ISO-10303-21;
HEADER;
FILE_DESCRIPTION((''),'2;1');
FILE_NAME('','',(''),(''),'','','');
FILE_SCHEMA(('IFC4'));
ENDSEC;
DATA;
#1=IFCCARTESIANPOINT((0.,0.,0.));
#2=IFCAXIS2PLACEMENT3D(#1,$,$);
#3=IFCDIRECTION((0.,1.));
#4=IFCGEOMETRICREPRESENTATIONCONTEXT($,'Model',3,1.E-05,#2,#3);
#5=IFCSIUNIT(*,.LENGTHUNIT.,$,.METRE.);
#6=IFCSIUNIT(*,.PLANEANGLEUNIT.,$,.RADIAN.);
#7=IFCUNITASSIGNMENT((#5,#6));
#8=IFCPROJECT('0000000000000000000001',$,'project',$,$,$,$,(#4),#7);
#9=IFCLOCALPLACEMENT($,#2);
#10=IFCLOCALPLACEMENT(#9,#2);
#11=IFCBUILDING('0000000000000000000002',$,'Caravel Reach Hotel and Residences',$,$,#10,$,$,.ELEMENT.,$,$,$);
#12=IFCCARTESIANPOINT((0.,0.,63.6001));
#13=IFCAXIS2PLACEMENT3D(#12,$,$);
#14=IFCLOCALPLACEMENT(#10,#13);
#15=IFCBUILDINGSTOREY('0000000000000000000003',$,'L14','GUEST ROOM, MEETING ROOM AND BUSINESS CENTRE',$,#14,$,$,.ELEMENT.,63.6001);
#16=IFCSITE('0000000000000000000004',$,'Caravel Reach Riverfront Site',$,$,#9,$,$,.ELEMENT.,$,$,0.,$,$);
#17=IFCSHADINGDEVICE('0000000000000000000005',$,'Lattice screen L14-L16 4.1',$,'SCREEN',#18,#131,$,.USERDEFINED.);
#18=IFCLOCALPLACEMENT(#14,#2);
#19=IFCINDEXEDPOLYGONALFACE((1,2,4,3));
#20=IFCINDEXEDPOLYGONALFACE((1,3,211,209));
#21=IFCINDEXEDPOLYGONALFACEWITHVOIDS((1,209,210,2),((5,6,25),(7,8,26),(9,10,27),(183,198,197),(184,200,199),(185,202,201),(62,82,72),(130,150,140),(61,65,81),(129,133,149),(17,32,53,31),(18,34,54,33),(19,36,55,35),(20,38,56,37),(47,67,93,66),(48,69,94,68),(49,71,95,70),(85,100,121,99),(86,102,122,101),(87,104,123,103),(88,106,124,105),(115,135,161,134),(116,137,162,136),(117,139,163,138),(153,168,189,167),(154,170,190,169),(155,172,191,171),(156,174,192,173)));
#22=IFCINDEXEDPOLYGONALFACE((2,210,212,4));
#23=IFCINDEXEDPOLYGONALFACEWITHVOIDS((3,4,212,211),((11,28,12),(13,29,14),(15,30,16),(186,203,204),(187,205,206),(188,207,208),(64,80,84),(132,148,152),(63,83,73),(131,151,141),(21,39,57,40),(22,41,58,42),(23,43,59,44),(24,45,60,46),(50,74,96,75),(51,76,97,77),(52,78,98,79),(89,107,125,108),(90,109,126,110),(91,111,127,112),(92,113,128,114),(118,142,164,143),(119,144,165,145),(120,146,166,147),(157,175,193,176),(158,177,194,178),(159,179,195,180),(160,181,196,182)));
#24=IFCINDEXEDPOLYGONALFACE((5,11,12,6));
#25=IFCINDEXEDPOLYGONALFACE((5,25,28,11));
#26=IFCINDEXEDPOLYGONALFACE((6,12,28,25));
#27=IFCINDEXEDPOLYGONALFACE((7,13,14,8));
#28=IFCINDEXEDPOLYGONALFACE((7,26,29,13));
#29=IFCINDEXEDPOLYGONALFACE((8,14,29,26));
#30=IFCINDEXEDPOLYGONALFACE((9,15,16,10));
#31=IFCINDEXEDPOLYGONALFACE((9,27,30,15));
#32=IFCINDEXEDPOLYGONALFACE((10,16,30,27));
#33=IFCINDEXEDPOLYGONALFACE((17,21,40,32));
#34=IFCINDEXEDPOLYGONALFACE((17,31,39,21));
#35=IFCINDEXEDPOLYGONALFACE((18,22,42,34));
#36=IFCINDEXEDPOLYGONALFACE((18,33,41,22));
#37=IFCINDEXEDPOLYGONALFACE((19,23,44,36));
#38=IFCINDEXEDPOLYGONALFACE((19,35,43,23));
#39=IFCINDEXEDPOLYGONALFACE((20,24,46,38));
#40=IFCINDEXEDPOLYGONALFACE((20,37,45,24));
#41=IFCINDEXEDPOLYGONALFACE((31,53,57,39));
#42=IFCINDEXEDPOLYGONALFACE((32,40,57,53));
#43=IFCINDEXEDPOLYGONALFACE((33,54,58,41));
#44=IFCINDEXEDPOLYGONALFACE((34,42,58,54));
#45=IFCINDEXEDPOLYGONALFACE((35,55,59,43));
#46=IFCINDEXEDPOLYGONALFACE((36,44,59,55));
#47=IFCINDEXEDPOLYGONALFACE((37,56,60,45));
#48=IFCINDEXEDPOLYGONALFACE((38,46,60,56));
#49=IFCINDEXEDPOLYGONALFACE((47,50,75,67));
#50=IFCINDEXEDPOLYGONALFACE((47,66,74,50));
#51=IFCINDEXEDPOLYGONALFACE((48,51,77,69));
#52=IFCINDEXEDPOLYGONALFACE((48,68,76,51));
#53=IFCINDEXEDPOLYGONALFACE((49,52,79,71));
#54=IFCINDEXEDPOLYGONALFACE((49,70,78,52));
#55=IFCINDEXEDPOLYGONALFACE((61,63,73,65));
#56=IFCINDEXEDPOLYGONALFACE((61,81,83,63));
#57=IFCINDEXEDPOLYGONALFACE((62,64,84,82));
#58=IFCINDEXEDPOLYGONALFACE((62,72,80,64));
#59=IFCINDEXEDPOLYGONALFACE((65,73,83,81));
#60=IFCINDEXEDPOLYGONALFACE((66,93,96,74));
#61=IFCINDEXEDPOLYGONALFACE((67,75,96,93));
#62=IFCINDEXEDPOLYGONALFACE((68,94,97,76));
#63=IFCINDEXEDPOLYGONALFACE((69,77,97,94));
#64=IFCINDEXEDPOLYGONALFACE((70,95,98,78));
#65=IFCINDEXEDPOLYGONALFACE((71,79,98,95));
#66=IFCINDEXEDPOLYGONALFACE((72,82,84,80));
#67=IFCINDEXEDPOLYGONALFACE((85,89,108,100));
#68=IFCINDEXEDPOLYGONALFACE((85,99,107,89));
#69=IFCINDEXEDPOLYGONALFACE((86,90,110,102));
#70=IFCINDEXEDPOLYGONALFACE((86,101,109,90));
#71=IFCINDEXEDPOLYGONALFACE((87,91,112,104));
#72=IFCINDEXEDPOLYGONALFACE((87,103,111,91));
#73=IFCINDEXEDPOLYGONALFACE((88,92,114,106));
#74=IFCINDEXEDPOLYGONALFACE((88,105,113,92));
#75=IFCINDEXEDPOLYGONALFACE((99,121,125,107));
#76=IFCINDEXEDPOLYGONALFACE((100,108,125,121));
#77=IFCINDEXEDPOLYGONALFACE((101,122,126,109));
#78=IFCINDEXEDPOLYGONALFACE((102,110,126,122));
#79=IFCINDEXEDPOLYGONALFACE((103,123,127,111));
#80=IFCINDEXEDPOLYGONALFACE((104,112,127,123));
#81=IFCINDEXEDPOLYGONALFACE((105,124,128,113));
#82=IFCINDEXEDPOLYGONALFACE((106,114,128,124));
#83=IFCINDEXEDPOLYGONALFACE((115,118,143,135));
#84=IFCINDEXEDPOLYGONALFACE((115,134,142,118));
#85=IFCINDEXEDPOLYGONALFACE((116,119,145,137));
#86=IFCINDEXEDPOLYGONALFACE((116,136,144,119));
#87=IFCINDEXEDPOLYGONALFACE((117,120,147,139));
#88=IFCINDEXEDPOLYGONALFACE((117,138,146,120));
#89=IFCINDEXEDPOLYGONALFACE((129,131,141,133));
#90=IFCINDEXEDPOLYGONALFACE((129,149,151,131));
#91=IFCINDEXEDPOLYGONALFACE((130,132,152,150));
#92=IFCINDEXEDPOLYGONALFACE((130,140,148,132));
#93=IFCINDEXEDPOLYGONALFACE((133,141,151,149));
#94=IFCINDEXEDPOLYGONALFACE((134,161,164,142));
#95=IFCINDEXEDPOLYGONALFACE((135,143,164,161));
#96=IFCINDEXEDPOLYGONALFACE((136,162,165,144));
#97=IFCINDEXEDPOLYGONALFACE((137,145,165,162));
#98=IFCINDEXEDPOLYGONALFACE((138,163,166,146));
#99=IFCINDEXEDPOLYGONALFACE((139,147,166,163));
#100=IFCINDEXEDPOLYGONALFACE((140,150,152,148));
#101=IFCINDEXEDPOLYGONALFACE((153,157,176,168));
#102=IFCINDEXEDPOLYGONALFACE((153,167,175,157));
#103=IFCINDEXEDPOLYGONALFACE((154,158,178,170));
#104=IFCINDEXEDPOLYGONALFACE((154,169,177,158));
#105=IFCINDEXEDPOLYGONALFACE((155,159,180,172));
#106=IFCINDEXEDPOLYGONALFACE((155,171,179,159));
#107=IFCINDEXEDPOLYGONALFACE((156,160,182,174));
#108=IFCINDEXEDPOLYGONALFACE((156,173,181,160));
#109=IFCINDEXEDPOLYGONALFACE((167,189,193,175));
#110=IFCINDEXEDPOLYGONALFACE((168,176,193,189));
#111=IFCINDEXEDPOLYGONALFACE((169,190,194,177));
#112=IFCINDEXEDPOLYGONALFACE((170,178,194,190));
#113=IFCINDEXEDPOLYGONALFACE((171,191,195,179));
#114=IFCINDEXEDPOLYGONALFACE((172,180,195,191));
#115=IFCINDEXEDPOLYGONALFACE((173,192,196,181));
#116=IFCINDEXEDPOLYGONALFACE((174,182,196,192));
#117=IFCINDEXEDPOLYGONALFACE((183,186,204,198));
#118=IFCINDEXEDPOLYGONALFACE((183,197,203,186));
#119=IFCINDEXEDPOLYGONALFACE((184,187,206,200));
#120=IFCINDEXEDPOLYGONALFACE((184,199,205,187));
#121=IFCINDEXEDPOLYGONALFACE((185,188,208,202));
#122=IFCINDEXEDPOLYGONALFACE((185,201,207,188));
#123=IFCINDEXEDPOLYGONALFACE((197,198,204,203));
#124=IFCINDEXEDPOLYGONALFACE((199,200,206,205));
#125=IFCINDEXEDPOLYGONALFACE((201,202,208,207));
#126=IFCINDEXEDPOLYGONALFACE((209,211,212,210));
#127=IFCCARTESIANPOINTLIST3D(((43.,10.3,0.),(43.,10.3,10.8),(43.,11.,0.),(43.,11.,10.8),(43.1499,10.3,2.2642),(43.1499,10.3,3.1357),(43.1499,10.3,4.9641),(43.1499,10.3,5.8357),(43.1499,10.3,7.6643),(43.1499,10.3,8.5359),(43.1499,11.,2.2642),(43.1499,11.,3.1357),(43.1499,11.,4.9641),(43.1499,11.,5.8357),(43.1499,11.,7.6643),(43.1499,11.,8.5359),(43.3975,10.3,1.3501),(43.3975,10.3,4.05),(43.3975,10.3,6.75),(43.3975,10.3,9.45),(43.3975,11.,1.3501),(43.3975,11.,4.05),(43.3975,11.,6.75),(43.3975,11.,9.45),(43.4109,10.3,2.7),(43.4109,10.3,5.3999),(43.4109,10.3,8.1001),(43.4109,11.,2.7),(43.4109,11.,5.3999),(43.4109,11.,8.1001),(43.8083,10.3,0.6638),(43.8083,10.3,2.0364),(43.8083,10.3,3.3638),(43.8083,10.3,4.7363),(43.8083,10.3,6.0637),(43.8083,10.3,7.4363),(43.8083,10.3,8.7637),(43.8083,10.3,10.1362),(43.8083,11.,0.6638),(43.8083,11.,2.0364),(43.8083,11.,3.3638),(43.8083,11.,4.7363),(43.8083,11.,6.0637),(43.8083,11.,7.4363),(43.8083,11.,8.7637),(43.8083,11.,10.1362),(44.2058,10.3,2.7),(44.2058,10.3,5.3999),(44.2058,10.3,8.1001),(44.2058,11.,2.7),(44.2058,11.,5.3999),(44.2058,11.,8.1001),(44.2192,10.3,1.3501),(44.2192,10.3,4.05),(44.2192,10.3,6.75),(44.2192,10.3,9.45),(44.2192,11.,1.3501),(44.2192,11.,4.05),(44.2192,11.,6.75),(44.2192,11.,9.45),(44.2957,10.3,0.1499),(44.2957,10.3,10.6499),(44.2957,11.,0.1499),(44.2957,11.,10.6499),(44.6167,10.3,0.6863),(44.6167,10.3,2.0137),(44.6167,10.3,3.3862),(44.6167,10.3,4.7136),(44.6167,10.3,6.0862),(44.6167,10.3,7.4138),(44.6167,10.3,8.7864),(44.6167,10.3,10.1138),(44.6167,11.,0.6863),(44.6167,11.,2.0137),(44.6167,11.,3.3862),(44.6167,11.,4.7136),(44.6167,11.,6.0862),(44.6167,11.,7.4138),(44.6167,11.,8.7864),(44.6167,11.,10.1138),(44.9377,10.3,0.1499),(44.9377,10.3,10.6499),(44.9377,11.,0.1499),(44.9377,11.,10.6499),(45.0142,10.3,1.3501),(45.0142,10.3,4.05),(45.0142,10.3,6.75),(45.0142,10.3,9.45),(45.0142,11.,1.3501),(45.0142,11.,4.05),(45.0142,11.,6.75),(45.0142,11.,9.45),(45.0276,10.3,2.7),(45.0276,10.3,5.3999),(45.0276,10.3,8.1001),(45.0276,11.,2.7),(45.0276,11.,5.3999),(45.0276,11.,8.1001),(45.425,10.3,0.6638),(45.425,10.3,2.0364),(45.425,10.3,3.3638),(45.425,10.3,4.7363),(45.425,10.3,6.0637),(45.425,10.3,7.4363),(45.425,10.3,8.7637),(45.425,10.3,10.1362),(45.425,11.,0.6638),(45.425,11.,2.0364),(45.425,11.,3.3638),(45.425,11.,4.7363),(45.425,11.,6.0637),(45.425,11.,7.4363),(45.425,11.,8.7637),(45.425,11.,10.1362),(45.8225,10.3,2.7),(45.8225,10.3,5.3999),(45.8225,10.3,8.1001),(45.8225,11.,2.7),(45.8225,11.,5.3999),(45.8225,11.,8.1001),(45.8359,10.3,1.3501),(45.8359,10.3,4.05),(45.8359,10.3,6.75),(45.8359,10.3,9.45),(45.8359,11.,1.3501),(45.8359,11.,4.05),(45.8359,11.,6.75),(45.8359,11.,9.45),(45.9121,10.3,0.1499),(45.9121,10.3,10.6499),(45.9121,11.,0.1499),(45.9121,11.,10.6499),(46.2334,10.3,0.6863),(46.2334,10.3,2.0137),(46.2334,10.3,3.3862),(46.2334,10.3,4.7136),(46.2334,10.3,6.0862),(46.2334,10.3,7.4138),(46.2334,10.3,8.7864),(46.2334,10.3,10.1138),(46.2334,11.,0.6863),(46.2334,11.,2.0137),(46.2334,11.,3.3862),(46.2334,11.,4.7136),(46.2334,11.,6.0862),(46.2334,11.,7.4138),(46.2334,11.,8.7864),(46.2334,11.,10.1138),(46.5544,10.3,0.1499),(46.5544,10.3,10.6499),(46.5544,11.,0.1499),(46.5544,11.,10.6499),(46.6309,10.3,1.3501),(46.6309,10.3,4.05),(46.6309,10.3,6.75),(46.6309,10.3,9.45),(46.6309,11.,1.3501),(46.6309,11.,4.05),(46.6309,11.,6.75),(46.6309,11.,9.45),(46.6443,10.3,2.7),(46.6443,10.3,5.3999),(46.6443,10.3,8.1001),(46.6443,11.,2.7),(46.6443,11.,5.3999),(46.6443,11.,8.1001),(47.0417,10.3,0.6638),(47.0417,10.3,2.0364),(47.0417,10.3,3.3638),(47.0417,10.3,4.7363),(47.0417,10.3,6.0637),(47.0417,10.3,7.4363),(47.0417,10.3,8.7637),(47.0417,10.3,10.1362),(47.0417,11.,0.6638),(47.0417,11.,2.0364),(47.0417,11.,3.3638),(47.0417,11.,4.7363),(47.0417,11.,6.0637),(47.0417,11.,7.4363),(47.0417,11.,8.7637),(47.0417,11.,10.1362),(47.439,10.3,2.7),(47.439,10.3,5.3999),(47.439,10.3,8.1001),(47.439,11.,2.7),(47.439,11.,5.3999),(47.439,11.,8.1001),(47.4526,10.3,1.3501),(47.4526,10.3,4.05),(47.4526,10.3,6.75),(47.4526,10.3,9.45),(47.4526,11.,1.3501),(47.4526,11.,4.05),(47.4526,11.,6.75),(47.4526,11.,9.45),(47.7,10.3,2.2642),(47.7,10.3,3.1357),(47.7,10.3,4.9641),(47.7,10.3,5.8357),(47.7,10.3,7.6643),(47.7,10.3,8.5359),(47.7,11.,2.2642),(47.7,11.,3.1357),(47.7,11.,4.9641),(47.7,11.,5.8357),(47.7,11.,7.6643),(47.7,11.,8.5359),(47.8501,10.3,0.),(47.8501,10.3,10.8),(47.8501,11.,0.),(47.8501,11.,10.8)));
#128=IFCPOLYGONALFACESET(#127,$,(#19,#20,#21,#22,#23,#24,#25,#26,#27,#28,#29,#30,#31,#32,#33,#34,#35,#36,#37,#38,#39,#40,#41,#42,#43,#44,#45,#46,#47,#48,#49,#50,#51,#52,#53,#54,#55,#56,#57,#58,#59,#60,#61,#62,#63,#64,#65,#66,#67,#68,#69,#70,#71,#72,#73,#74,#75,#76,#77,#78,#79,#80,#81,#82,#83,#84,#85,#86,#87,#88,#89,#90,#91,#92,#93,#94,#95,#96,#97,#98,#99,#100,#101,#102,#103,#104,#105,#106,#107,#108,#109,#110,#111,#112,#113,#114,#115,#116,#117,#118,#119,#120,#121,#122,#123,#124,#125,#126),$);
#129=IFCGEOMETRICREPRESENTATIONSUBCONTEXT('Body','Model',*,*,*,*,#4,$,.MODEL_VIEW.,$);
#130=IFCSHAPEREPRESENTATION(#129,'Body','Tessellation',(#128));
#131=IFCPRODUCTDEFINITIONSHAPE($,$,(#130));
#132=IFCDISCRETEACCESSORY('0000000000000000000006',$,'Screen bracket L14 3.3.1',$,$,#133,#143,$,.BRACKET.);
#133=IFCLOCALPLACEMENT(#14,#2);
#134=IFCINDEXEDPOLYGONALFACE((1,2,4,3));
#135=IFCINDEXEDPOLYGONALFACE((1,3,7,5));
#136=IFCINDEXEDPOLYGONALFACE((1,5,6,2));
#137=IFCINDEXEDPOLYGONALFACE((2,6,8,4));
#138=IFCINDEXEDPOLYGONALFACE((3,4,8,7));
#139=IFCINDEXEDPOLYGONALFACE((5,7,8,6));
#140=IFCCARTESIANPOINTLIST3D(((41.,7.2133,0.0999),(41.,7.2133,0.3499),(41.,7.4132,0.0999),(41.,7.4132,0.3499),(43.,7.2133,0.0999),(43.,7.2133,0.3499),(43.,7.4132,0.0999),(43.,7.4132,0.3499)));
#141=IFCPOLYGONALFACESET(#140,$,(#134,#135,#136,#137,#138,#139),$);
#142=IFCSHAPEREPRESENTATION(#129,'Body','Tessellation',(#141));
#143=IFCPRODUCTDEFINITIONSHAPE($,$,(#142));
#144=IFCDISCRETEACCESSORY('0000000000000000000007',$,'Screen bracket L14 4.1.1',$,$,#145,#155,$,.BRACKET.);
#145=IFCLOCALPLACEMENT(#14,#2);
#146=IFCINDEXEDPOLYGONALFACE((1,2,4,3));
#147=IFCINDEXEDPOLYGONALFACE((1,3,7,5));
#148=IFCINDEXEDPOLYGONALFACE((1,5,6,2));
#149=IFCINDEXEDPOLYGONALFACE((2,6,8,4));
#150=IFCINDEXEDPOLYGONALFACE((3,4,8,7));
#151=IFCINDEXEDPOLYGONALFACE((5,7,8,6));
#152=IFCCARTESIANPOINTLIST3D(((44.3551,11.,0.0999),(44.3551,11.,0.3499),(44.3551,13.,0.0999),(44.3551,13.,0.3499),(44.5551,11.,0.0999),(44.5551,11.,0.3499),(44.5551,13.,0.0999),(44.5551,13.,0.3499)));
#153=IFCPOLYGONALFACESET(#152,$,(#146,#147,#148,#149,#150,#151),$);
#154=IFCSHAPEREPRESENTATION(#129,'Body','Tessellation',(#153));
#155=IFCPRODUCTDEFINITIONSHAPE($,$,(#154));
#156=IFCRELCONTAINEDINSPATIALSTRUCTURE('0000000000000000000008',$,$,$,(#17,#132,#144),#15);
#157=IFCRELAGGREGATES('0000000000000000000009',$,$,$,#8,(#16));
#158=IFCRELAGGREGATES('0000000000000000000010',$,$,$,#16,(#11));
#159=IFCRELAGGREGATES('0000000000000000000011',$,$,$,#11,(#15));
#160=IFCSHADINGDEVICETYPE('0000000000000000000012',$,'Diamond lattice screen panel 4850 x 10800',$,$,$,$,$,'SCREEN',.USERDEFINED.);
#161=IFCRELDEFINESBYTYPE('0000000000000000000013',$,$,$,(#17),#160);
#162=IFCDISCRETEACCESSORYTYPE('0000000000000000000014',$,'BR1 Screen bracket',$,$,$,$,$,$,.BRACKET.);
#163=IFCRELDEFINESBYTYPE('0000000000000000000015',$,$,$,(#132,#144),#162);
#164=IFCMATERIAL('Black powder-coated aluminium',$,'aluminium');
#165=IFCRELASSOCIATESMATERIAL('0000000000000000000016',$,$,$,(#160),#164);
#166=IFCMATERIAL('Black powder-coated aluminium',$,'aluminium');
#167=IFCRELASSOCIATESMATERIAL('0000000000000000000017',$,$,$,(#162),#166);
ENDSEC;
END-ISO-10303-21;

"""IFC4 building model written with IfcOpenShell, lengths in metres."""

from ifc_helpers import new_model, si_unit, direction, frame, origin, origin_2d, place, context, subcontext, project, spatial, polyline, rectangle, outline, extrude, material, type_object, element, save


model = new_model("IFC4")

# Units and contexts
model_context = context("Model", 3, precision=1e-05, world=origin(), true_north=direction((0.0, 1.0)))
body_context = subcontext(model_context, "Body", "Model", "MODEL_VIEW")
ifc_project = project(units=[si_unit("LENGTHUNIT", "METRE"), si_unit("PLANEANGLEUNIT", "RADIAN")], contexts=[model_context])

# Site, building, storey
site_placement = place(None, origin())
site = spatial("IfcSite", under=ifc_project, at=site_placement, Name="Caravel Reach Riverfront Site", CompositionType="ELEMENT", RefElevation=0.0)
building_placement = place(site_placement, origin())
building = spatial("IfcBuilding", under=site, at=building_placement, Name="Caravel Reach Hotel and Residences", CompositionType="ELEMENT")
storey_placement = place(building_placement, frame((0.0, 0.0, 63.6001)))
storey = spatial("IfcBuildingStorey", under=building, at=storey_placement, Name="L14", Description="GUEST ROOM, MEETING ROOM AND BUSINESS CENTRE", CompositionType="ELEMENT", Elevation=63.6001)

# Shading device
ifc_material_1 = material(Name="Black powder-coated aluminium", Category="aluminium")
shading_device_type_1 = type_object("IfcShadingDeviceType", Name="Diamond lattice screen panel 4850 x 10800", ElementType="SCREEN", PredefinedType="USERDEFINED", material=ifc_material_1)
shading_device_1_placement = place(storey_placement, frame((43.0, 11.0, 0.0), z_axis=(0.0, -1.0, 0.0), x_axis=(1.0, 0.0, 0.0)))
element("IfcShadingDevice", 1, at=shading_device_1_placement, inside=storey, type_object=shading_device_type_1, Name="Lattice screen L14-L16 4.1", ObjectType="SCREEN", PredefinedType="USERDEFINED", context=body_context, shape_type="SweptSolid", body=[
    extrude(outline(polyline([(0.0, 0.0), (4.8501, 0.0), (4.8501, 10.8), (0.0, 10.8), (0.0, 0.0)]), holes=[polyline([(0.4109, 2.7), (0.1499, 3.1357), (0.1499, 2.2642), (0.4109, 2.7)]), polyline([(0.4109, 5.3999), (0.1499, 5.8357), (0.1499, 4.9641), (0.4109, 5.3999)]), polyline([(0.4109, 8.1001), (0.1499, 8.5359), (0.1499, 7.6643), (0.4109, 8.1001)]), polyline([(0.8083, 2.0364), (0.3975, 1.3501), (0.8083, 0.6638), (1.2192, 1.3501), (0.8083, 2.0364)]), polyline([(0.8083, 4.7363), (0.3975, 4.05), (0.8083, 3.3638), (1.2192, 4.05), (0.8083, 4.7363)]), polyline([(0.8083, 7.4363), (0.3975, 6.75), (0.8083, 6.0637), (1.2192, 6.75), (0.8083, 7.4363)]), polyline([(0.8083, 10.1362), (0.3975, 9.45), (0.8083, 8.7637), (1.2192, 9.45), (0.8083, 10.1362)]), polyline([(1.6167, 0.6863), (1.2957, 0.1499), (1.9377, 0.1499), (1.6167, 0.6863)]), polyline([(1.6167, 3.3862), (1.2058, 2.7), (1.6167, 2.0137), (2.0276, 2.7), (1.6167, 3.3862)]), polyline([(1.6167, 6.0862), (1.2058, 5.3999), (1.6167, 4.7136), (2.0276, 5.3999), (1.6167, 6.0862)]), polyline([(1.6167, 8.7864), (1.2058, 8.1001), (1.6167, 7.4138), (2.0276, 8.1001), (1.6167, 8.7864)]), polyline([(1.6167, 10.1138), (1.9377, 10.6499), (1.2957, 10.6499), (1.6167, 10.1138)]), polyline([(2.425, 2.0364), (2.0142, 1.3501), (2.425, 0.6638), (2.8359, 1.3501), (2.425, 2.0364)]), polyline([(2.425, 4.7363), (2.0142, 4.05), (2.425, 3.3638), (2.8359, 4.05), (2.425, 4.7363)]), polyline([(2.425, 7.4363), (2.0142, 6.75), (2.425, 6.0637), (2.8359, 6.75), (2.425, 7.4363)]), polyline([(2.425, 10.1362), (2.0142, 9.45), (2.425, 8.7637), (2.8359, 9.45), (2.425, 10.1362)]), polyline([(3.2334, 0.6863), (2.9121, 0.1499), (3.5544, 0.1499), (3.2334, 0.6863)]), polyline([(3.2334, 3.3862), (2.8225, 2.7), (3.2334, 2.0137), (3.6443, 2.7), (3.2334, 3.3862)]), polyline([(3.2334, 6.0862), (2.8225, 5.3999), (3.2334, 4.7136), (3.6443, 5.3999), (3.2334, 6.0862)]), polyline([(3.2334, 8.7864), (2.8225, 8.1001), (3.2334, 7.4138), (3.6443, 8.1001), (3.2334, 8.7864)]), polyline([(3.2334, 10.1138), (3.5544, 10.6499), (2.9121, 10.6499), (3.2334, 10.1138)]), polyline([(4.0417, 2.0364), (3.6309, 1.3501), (4.0417, 0.6638), (4.4526, 1.3501), (4.0417, 2.0364)]), polyline([(4.0417, 4.7363), (3.6309, 4.05), (4.0417, 3.3638), (4.4526, 4.05), (4.0417, 4.7363)]), polyline([(4.0417, 7.4363), (3.6309, 6.75), (4.0417, 6.0637), (4.4526, 6.75), (4.0417, 7.4363)]), polyline([(4.0417, 10.1362), (3.6309, 9.45), (4.0417, 8.7637), (4.4526, 9.45), (4.0417, 10.1362)]), polyline([(4.439, 2.7), (4.7, 2.2642), (4.7, 3.1357), (4.439, 2.7)]), polyline([(4.439, 5.3999), (4.7, 4.9641), (4.7, 5.8357), (4.439, 5.3999)]), polyline([(4.439, 8.1001), (4.7, 7.6643), (4.7, 8.5359), (4.439, 8.1001)])]), origin(), (0.0, 0.0, 1.0), 0.7),
])

# Discrete accessories
ifc_material_2 = material(Name="Black powder-coated aluminium", Category="aluminium")
discrete_accessory_type = type_object("IfcDiscreteAccessoryType", Name="BR1 Screen bracket", PredefinedType="BRACKET", material=ifc_material_2)
for number, where, z_axis, x_axis, name in (
    (2, (42.0, 7.3132, 0.0999), (0.0, 0.0, 1.0), (1.0, 0.0, 0.0), "Screen bracket L14 3.3.1"),
    (3, (44.4551, 12.0, 0.0999), (0.0, 0.0, 1.0), (0.0, -1.0, 0.0), "Screen bracket L14 4.1.1"),
):
    element("IfcDiscreteAccessory", number, at=place(storey_placement, frame(where, z_axis=z_axis, x_axis=x_axis)), inside=storey, type_object=discrete_accessory_type, Name=name, PredefinedType="BRACKET", context=body_context, shape_type="SweptSolid", body=[
        extrude(rectangle(XDim=2.0, YDim=0.2, at=origin_2d()), origin(), (0.0, 0.0, 1.0), 0.25),
    ])

save(model, "model.ifc")
